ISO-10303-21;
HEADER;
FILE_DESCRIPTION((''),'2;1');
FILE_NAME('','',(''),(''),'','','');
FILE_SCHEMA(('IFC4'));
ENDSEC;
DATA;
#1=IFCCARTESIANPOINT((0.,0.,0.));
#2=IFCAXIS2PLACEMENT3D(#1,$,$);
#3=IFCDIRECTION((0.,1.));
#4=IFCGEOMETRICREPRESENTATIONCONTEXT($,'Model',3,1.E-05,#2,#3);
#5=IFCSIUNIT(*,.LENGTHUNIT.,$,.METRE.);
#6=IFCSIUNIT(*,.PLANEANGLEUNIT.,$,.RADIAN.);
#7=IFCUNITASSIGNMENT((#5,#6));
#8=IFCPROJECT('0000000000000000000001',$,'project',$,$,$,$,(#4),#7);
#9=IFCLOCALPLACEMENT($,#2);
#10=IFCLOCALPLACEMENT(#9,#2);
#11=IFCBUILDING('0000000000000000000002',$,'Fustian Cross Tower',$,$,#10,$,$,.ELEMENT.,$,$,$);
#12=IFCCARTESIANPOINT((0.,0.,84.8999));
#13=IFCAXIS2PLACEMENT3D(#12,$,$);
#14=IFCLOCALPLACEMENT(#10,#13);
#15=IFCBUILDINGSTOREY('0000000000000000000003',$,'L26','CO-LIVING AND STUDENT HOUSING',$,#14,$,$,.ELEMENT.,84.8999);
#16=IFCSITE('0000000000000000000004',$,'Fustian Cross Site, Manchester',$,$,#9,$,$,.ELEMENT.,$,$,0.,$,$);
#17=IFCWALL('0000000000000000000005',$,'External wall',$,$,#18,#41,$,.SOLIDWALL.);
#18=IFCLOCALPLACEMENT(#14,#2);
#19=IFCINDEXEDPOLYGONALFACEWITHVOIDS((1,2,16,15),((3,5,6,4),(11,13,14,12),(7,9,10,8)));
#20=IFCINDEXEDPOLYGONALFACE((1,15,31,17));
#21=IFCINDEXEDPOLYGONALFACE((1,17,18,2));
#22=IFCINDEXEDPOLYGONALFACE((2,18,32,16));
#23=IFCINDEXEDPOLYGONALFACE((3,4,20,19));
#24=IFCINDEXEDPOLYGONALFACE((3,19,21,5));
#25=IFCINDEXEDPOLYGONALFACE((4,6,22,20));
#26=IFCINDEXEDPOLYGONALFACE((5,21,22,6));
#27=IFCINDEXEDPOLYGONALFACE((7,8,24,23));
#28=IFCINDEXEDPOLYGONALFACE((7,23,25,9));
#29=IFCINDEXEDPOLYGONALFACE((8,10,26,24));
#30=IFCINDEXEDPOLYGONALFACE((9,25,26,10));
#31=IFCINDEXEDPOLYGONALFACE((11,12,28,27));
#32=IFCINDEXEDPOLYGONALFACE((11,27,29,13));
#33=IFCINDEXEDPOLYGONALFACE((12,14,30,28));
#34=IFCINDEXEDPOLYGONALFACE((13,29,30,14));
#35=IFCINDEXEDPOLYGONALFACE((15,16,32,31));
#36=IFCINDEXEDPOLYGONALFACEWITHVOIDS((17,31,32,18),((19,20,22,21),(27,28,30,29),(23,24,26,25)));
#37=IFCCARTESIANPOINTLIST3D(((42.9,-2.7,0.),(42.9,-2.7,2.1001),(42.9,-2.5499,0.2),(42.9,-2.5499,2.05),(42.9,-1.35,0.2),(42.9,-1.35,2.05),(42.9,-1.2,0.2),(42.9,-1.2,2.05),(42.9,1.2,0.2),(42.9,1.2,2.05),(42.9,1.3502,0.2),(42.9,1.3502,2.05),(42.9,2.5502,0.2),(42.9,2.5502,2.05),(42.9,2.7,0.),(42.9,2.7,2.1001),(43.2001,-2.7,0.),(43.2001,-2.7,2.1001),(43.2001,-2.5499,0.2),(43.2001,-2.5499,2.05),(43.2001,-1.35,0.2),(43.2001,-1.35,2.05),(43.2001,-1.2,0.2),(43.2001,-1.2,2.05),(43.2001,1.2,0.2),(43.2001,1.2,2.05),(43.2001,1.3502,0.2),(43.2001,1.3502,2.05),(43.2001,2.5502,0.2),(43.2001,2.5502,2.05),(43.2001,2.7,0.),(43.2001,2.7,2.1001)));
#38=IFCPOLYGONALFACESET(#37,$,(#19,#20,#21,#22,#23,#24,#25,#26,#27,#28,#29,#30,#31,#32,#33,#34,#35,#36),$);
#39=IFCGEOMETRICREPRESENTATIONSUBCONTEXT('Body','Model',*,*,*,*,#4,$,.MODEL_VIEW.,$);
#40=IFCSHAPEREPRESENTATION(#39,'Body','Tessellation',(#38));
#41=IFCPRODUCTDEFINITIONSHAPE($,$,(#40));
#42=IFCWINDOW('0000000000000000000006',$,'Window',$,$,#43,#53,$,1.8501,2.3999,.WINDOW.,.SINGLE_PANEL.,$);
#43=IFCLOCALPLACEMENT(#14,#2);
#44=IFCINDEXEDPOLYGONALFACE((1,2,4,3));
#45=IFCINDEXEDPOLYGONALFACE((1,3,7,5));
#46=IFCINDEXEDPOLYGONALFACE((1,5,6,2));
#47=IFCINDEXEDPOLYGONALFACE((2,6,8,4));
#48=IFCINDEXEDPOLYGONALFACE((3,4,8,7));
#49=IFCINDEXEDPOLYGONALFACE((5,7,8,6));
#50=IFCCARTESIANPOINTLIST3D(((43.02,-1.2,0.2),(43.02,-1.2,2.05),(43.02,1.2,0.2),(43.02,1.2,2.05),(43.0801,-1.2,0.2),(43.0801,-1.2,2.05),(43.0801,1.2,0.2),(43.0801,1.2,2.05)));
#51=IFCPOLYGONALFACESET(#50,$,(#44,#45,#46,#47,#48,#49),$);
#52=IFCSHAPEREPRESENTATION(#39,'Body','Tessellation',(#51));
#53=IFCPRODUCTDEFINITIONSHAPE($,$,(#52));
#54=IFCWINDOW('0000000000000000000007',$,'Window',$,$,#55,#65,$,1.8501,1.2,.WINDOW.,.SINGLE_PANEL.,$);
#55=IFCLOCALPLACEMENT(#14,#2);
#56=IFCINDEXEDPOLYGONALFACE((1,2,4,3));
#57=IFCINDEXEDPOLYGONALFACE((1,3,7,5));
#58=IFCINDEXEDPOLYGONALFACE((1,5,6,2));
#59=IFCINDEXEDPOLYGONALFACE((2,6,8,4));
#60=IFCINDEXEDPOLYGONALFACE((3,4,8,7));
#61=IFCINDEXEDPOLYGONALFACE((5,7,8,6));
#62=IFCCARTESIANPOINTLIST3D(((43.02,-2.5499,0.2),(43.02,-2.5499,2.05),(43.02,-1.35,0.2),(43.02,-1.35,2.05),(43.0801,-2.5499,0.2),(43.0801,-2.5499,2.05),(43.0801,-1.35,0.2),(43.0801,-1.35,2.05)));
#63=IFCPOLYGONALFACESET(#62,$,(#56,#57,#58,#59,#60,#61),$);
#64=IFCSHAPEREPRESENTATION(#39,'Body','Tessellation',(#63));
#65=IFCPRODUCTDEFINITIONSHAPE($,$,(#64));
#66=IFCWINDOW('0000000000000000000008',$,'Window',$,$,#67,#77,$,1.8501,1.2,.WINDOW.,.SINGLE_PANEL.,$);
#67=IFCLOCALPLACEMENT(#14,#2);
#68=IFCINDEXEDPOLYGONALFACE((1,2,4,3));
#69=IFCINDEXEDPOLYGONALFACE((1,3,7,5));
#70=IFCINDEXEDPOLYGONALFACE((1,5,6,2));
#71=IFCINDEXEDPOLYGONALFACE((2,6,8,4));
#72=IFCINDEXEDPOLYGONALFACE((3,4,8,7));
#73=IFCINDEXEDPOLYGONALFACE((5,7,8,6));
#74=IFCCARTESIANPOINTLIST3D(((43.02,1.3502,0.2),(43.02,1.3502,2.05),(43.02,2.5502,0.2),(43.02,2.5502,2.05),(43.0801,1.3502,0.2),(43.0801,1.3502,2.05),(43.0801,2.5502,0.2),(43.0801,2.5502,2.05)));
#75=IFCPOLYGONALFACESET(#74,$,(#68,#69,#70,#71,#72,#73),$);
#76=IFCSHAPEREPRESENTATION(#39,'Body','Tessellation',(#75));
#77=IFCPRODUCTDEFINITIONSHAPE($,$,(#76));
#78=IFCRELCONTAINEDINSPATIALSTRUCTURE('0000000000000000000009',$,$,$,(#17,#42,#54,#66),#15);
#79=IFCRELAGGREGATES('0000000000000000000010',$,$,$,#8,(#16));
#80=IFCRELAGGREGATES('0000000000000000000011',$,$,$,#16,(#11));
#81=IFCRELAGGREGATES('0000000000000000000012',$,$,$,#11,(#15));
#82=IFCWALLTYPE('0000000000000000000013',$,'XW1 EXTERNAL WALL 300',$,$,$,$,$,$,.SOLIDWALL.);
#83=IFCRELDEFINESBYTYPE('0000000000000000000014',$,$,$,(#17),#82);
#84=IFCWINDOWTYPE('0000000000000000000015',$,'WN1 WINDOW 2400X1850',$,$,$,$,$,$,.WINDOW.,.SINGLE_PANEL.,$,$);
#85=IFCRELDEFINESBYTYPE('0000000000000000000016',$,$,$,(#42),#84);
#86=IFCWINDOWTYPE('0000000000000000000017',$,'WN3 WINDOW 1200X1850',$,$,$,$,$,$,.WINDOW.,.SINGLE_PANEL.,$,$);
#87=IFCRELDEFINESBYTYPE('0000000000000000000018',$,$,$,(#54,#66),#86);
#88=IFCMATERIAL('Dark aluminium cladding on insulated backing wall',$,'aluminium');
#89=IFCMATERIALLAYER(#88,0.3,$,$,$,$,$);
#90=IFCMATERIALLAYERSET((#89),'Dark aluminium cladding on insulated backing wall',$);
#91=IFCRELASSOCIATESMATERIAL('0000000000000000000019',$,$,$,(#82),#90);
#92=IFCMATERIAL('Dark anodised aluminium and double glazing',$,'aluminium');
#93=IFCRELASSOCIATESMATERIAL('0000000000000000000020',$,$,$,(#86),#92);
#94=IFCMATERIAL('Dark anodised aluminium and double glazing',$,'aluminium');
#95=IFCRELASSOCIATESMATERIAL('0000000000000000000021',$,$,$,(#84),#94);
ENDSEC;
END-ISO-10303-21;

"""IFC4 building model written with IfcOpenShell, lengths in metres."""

from ifc_helpers import new_model, si_unit, direction, frame, frame_2d, origin, place, context, subcontext, project, spatial, rectangle, extrude, material, layer, layer_set, type_object, element, fill, save


model = new_model("IFC4")

# Units and contexts
model_context = context("Model", 3, precision=1e-05, world=origin(), true_north=direction((0.0, 1.0)))
body_context = subcontext(model_context, "Body", "Model", "MODEL_VIEW")
ifc_project = project(units=[si_unit("LENGTHUNIT", "METRE"), si_unit("PLANEANGLEUNIT", "RADIAN")], contexts=[model_context])

# Site, building, storey
site_placement = place(None, origin())
site = spatial("IfcSite", under=ifc_project, at=site_placement, Name="Fustian Cross Site, Manchester", CompositionType="ELEMENT", RefElevation=0.0)
building_placement = place(site_placement, origin())
building = spatial("IfcBuilding", under=site, at=building_placement, Name="Fustian Cross Tower", CompositionType="ELEMENT")
storey_placement = place(building_placement, frame((0.0, 0.0, 84.8999)))
storey = spatial("IfcBuildingStorey", under=building, at=storey_placement, Name="L26", Description="CO-LIVING AND STUDENT HOUSING", CompositionType="ELEMENT", Elevation=84.8999)

# Shared definitions
ifc_material_1 = material(Name="Dark aluminium cladding on insulated backing wall", Category="aluminium")
ifc_layer_1 = layer(ifc_material_1, 0.3)
ifc_layer_set_1 = layer_set([ifc_layer_1], Name="Dark aluminium cladding on insulated backing wall")
wall_type_1 = type_object("IfcWallType", Name="XW1 EXTERNAL WALL 300", PredefinedType="SOLIDWALL", material=ifc_layer_set_1)

# Shared definitions
ifc_material_2 = material(Name="Dark anodised aluminium and double glazing", Category="aluminium")
window_type_1 = type_object("IfcWindowType", Name="WN3 WINDOW 1200X1850", PartitioningType="SINGLE_PANEL", PredefinedType="WINDOW", material=ifc_material_2)

# Wall, openings, windows
wall_1_placement = place(storey_placement, frame((43.05, -2.7, 0.0), z_axis=(0.0, 0.0, 1.0), x_axis=(0.0, 1.0, 0.0)))
wall_1 = element("IfcWall", 1, at=wall_1_placement, inside=storey, type_object=wall_type_1, Name="External wall", PredefinedType="SOLIDWALL", context=body_context, shape_type="SweptSolid", body=[
    extrude(rectangle(XDim=5.3999, YDim=0.3, at=frame_2d((2.7, 0.0))), origin(), (0.0, 0.0, 1.0), 2.1001),
])
opening_1_placement = place(wall_1_placement, frame((1.5, 0.0, 0.2)))
opening_1 = element("IfcOpeningElement", 2, at=opening_1_placement, cuts=wall_1, PredefinedType="OPENING", context=body_context, shape_type="SweptSolid", body=[
    extrude(rectangle(XDim=2.3999, YDim=1.8501, at=frame_2d((1.2, 0.925))), frame((0.0, 0.1599, 0.0), z_axis=(0.0, -1.0, 0.0), x_axis=(1.0, 0.0, 0.0)), (0.0, 0.0, 1.0), 0.3201),
])
opening_2_placement = place(wall_1_placement, frame((0.1499, 0.0, 0.2)))
opening_2 = element("IfcOpeningElement", 3, at=opening_2_placement, cuts=wall_1, PredefinedType="OPENING", context=body_context, shape_type="SweptSolid", body=[
    extrude(rectangle(XDim=1.2, YDim=1.8501, at=frame_2d((0.6001, 0.925))), frame((0.0, 0.1599, 0.0), z_axis=(0.0, -1.0, 0.0), x_axis=(1.0, 0.0, 0.0)), (0.0, 0.0, 1.0), 0.3201),
])
opening_3_placement = place(wall_1_placement, frame((4.05, 0.0, 0.2)))
opening_3 = element("IfcOpeningElement", 4, at=opening_3_placement, cuts=wall_1, PredefinedType="OPENING", context=body_context, shape_type="SweptSolid", body=[
    extrude(rectangle(XDim=1.2, YDim=1.8501, at=frame_2d((0.6001, 0.925))), frame((0.0, 0.1599, 0.0), z_axis=(0.0, -1.0, 0.0), x_axis=(1.0, 0.0, 0.0)), (0.0, 0.0, 1.0), 0.3201),
])
ifc_material_3 = material(Name="Dark anodised aluminium and double glazing", Category="aluminium")
window_type_2 = type_object("IfcWindowType", Name="WN1 WINDOW 2400X1850", PartitioningType="SINGLE_PANEL", PredefinedType="WINDOW", material=ifc_material_3)
window_1_placement = place(opening_1_placement, origin())
window_1 = element("IfcWindow", 5, at=window_1_placement, inside=storey, type_object=window_type_2, Name="Window", OverallHeight=1.8501, OverallWidth=2.3999, PartitioningType="SINGLE_PANEL", PredefinedType="WINDOW", context=body_context, shape_type="SweptSolid", body=[
    extrude(rectangle(XDim=2.3999, YDim=1.8501, at=frame_2d((1.2, 0.925))), frame((0.0, 0.03, 0.0), z_axis=(0.0, -1.0, 0.0), x_axis=(1.0, 0.0, 0.0)), (0.0, 0.0, 1.0), 0.0601),
])
fill(opening_1, window_1)
window_2_placement = place(opening_2_placement, origin())
window_2 = element("IfcWindow", 6, at=window_2_placement, inside=storey, type_object=window_type_1, Name="Window", OverallHeight=1.8501, OverallWidth=1.2, PartitioningType="SINGLE_PANEL", PredefinedType="WINDOW", context=body_context, shape_type="SweptSolid", body=[
    extrude(rectangle(XDim=1.2, YDim=1.8501, at=frame_2d((0.6001, 0.925))), frame((0.0, 0.03, 0.0), z_axis=(0.0, -1.0, 0.0), x_axis=(1.0, 0.0, 0.0)), (0.0, 0.0, 1.0), 0.0601),
])
fill(opening_2, window_2)
window_3_placement = place(opening_3_placement, origin())
window_3 = element("IfcWindow", 7, at=window_3_placement, inside=storey, type_object=window_type_1, Name="Window", OverallHeight=1.8501, OverallWidth=1.2, PartitioningType="SINGLE_PANEL", PredefinedType="WINDOW", context=body_context, shape_type="SweptSolid", body=[
    extrude(rectangle(XDim=1.2, YDim=1.8501, at=frame_2d((0.6001, 0.925))), frame((0.0, 0.03, 0.0), z_axis=(0.0, -1.0, 0.0), x_axis=(1.0, 0.0, 0.0)), (0.0, 0.0, 1.0), 0.0601),
])
fill(opening_3, window_3)

save(model, "model.ifc")
